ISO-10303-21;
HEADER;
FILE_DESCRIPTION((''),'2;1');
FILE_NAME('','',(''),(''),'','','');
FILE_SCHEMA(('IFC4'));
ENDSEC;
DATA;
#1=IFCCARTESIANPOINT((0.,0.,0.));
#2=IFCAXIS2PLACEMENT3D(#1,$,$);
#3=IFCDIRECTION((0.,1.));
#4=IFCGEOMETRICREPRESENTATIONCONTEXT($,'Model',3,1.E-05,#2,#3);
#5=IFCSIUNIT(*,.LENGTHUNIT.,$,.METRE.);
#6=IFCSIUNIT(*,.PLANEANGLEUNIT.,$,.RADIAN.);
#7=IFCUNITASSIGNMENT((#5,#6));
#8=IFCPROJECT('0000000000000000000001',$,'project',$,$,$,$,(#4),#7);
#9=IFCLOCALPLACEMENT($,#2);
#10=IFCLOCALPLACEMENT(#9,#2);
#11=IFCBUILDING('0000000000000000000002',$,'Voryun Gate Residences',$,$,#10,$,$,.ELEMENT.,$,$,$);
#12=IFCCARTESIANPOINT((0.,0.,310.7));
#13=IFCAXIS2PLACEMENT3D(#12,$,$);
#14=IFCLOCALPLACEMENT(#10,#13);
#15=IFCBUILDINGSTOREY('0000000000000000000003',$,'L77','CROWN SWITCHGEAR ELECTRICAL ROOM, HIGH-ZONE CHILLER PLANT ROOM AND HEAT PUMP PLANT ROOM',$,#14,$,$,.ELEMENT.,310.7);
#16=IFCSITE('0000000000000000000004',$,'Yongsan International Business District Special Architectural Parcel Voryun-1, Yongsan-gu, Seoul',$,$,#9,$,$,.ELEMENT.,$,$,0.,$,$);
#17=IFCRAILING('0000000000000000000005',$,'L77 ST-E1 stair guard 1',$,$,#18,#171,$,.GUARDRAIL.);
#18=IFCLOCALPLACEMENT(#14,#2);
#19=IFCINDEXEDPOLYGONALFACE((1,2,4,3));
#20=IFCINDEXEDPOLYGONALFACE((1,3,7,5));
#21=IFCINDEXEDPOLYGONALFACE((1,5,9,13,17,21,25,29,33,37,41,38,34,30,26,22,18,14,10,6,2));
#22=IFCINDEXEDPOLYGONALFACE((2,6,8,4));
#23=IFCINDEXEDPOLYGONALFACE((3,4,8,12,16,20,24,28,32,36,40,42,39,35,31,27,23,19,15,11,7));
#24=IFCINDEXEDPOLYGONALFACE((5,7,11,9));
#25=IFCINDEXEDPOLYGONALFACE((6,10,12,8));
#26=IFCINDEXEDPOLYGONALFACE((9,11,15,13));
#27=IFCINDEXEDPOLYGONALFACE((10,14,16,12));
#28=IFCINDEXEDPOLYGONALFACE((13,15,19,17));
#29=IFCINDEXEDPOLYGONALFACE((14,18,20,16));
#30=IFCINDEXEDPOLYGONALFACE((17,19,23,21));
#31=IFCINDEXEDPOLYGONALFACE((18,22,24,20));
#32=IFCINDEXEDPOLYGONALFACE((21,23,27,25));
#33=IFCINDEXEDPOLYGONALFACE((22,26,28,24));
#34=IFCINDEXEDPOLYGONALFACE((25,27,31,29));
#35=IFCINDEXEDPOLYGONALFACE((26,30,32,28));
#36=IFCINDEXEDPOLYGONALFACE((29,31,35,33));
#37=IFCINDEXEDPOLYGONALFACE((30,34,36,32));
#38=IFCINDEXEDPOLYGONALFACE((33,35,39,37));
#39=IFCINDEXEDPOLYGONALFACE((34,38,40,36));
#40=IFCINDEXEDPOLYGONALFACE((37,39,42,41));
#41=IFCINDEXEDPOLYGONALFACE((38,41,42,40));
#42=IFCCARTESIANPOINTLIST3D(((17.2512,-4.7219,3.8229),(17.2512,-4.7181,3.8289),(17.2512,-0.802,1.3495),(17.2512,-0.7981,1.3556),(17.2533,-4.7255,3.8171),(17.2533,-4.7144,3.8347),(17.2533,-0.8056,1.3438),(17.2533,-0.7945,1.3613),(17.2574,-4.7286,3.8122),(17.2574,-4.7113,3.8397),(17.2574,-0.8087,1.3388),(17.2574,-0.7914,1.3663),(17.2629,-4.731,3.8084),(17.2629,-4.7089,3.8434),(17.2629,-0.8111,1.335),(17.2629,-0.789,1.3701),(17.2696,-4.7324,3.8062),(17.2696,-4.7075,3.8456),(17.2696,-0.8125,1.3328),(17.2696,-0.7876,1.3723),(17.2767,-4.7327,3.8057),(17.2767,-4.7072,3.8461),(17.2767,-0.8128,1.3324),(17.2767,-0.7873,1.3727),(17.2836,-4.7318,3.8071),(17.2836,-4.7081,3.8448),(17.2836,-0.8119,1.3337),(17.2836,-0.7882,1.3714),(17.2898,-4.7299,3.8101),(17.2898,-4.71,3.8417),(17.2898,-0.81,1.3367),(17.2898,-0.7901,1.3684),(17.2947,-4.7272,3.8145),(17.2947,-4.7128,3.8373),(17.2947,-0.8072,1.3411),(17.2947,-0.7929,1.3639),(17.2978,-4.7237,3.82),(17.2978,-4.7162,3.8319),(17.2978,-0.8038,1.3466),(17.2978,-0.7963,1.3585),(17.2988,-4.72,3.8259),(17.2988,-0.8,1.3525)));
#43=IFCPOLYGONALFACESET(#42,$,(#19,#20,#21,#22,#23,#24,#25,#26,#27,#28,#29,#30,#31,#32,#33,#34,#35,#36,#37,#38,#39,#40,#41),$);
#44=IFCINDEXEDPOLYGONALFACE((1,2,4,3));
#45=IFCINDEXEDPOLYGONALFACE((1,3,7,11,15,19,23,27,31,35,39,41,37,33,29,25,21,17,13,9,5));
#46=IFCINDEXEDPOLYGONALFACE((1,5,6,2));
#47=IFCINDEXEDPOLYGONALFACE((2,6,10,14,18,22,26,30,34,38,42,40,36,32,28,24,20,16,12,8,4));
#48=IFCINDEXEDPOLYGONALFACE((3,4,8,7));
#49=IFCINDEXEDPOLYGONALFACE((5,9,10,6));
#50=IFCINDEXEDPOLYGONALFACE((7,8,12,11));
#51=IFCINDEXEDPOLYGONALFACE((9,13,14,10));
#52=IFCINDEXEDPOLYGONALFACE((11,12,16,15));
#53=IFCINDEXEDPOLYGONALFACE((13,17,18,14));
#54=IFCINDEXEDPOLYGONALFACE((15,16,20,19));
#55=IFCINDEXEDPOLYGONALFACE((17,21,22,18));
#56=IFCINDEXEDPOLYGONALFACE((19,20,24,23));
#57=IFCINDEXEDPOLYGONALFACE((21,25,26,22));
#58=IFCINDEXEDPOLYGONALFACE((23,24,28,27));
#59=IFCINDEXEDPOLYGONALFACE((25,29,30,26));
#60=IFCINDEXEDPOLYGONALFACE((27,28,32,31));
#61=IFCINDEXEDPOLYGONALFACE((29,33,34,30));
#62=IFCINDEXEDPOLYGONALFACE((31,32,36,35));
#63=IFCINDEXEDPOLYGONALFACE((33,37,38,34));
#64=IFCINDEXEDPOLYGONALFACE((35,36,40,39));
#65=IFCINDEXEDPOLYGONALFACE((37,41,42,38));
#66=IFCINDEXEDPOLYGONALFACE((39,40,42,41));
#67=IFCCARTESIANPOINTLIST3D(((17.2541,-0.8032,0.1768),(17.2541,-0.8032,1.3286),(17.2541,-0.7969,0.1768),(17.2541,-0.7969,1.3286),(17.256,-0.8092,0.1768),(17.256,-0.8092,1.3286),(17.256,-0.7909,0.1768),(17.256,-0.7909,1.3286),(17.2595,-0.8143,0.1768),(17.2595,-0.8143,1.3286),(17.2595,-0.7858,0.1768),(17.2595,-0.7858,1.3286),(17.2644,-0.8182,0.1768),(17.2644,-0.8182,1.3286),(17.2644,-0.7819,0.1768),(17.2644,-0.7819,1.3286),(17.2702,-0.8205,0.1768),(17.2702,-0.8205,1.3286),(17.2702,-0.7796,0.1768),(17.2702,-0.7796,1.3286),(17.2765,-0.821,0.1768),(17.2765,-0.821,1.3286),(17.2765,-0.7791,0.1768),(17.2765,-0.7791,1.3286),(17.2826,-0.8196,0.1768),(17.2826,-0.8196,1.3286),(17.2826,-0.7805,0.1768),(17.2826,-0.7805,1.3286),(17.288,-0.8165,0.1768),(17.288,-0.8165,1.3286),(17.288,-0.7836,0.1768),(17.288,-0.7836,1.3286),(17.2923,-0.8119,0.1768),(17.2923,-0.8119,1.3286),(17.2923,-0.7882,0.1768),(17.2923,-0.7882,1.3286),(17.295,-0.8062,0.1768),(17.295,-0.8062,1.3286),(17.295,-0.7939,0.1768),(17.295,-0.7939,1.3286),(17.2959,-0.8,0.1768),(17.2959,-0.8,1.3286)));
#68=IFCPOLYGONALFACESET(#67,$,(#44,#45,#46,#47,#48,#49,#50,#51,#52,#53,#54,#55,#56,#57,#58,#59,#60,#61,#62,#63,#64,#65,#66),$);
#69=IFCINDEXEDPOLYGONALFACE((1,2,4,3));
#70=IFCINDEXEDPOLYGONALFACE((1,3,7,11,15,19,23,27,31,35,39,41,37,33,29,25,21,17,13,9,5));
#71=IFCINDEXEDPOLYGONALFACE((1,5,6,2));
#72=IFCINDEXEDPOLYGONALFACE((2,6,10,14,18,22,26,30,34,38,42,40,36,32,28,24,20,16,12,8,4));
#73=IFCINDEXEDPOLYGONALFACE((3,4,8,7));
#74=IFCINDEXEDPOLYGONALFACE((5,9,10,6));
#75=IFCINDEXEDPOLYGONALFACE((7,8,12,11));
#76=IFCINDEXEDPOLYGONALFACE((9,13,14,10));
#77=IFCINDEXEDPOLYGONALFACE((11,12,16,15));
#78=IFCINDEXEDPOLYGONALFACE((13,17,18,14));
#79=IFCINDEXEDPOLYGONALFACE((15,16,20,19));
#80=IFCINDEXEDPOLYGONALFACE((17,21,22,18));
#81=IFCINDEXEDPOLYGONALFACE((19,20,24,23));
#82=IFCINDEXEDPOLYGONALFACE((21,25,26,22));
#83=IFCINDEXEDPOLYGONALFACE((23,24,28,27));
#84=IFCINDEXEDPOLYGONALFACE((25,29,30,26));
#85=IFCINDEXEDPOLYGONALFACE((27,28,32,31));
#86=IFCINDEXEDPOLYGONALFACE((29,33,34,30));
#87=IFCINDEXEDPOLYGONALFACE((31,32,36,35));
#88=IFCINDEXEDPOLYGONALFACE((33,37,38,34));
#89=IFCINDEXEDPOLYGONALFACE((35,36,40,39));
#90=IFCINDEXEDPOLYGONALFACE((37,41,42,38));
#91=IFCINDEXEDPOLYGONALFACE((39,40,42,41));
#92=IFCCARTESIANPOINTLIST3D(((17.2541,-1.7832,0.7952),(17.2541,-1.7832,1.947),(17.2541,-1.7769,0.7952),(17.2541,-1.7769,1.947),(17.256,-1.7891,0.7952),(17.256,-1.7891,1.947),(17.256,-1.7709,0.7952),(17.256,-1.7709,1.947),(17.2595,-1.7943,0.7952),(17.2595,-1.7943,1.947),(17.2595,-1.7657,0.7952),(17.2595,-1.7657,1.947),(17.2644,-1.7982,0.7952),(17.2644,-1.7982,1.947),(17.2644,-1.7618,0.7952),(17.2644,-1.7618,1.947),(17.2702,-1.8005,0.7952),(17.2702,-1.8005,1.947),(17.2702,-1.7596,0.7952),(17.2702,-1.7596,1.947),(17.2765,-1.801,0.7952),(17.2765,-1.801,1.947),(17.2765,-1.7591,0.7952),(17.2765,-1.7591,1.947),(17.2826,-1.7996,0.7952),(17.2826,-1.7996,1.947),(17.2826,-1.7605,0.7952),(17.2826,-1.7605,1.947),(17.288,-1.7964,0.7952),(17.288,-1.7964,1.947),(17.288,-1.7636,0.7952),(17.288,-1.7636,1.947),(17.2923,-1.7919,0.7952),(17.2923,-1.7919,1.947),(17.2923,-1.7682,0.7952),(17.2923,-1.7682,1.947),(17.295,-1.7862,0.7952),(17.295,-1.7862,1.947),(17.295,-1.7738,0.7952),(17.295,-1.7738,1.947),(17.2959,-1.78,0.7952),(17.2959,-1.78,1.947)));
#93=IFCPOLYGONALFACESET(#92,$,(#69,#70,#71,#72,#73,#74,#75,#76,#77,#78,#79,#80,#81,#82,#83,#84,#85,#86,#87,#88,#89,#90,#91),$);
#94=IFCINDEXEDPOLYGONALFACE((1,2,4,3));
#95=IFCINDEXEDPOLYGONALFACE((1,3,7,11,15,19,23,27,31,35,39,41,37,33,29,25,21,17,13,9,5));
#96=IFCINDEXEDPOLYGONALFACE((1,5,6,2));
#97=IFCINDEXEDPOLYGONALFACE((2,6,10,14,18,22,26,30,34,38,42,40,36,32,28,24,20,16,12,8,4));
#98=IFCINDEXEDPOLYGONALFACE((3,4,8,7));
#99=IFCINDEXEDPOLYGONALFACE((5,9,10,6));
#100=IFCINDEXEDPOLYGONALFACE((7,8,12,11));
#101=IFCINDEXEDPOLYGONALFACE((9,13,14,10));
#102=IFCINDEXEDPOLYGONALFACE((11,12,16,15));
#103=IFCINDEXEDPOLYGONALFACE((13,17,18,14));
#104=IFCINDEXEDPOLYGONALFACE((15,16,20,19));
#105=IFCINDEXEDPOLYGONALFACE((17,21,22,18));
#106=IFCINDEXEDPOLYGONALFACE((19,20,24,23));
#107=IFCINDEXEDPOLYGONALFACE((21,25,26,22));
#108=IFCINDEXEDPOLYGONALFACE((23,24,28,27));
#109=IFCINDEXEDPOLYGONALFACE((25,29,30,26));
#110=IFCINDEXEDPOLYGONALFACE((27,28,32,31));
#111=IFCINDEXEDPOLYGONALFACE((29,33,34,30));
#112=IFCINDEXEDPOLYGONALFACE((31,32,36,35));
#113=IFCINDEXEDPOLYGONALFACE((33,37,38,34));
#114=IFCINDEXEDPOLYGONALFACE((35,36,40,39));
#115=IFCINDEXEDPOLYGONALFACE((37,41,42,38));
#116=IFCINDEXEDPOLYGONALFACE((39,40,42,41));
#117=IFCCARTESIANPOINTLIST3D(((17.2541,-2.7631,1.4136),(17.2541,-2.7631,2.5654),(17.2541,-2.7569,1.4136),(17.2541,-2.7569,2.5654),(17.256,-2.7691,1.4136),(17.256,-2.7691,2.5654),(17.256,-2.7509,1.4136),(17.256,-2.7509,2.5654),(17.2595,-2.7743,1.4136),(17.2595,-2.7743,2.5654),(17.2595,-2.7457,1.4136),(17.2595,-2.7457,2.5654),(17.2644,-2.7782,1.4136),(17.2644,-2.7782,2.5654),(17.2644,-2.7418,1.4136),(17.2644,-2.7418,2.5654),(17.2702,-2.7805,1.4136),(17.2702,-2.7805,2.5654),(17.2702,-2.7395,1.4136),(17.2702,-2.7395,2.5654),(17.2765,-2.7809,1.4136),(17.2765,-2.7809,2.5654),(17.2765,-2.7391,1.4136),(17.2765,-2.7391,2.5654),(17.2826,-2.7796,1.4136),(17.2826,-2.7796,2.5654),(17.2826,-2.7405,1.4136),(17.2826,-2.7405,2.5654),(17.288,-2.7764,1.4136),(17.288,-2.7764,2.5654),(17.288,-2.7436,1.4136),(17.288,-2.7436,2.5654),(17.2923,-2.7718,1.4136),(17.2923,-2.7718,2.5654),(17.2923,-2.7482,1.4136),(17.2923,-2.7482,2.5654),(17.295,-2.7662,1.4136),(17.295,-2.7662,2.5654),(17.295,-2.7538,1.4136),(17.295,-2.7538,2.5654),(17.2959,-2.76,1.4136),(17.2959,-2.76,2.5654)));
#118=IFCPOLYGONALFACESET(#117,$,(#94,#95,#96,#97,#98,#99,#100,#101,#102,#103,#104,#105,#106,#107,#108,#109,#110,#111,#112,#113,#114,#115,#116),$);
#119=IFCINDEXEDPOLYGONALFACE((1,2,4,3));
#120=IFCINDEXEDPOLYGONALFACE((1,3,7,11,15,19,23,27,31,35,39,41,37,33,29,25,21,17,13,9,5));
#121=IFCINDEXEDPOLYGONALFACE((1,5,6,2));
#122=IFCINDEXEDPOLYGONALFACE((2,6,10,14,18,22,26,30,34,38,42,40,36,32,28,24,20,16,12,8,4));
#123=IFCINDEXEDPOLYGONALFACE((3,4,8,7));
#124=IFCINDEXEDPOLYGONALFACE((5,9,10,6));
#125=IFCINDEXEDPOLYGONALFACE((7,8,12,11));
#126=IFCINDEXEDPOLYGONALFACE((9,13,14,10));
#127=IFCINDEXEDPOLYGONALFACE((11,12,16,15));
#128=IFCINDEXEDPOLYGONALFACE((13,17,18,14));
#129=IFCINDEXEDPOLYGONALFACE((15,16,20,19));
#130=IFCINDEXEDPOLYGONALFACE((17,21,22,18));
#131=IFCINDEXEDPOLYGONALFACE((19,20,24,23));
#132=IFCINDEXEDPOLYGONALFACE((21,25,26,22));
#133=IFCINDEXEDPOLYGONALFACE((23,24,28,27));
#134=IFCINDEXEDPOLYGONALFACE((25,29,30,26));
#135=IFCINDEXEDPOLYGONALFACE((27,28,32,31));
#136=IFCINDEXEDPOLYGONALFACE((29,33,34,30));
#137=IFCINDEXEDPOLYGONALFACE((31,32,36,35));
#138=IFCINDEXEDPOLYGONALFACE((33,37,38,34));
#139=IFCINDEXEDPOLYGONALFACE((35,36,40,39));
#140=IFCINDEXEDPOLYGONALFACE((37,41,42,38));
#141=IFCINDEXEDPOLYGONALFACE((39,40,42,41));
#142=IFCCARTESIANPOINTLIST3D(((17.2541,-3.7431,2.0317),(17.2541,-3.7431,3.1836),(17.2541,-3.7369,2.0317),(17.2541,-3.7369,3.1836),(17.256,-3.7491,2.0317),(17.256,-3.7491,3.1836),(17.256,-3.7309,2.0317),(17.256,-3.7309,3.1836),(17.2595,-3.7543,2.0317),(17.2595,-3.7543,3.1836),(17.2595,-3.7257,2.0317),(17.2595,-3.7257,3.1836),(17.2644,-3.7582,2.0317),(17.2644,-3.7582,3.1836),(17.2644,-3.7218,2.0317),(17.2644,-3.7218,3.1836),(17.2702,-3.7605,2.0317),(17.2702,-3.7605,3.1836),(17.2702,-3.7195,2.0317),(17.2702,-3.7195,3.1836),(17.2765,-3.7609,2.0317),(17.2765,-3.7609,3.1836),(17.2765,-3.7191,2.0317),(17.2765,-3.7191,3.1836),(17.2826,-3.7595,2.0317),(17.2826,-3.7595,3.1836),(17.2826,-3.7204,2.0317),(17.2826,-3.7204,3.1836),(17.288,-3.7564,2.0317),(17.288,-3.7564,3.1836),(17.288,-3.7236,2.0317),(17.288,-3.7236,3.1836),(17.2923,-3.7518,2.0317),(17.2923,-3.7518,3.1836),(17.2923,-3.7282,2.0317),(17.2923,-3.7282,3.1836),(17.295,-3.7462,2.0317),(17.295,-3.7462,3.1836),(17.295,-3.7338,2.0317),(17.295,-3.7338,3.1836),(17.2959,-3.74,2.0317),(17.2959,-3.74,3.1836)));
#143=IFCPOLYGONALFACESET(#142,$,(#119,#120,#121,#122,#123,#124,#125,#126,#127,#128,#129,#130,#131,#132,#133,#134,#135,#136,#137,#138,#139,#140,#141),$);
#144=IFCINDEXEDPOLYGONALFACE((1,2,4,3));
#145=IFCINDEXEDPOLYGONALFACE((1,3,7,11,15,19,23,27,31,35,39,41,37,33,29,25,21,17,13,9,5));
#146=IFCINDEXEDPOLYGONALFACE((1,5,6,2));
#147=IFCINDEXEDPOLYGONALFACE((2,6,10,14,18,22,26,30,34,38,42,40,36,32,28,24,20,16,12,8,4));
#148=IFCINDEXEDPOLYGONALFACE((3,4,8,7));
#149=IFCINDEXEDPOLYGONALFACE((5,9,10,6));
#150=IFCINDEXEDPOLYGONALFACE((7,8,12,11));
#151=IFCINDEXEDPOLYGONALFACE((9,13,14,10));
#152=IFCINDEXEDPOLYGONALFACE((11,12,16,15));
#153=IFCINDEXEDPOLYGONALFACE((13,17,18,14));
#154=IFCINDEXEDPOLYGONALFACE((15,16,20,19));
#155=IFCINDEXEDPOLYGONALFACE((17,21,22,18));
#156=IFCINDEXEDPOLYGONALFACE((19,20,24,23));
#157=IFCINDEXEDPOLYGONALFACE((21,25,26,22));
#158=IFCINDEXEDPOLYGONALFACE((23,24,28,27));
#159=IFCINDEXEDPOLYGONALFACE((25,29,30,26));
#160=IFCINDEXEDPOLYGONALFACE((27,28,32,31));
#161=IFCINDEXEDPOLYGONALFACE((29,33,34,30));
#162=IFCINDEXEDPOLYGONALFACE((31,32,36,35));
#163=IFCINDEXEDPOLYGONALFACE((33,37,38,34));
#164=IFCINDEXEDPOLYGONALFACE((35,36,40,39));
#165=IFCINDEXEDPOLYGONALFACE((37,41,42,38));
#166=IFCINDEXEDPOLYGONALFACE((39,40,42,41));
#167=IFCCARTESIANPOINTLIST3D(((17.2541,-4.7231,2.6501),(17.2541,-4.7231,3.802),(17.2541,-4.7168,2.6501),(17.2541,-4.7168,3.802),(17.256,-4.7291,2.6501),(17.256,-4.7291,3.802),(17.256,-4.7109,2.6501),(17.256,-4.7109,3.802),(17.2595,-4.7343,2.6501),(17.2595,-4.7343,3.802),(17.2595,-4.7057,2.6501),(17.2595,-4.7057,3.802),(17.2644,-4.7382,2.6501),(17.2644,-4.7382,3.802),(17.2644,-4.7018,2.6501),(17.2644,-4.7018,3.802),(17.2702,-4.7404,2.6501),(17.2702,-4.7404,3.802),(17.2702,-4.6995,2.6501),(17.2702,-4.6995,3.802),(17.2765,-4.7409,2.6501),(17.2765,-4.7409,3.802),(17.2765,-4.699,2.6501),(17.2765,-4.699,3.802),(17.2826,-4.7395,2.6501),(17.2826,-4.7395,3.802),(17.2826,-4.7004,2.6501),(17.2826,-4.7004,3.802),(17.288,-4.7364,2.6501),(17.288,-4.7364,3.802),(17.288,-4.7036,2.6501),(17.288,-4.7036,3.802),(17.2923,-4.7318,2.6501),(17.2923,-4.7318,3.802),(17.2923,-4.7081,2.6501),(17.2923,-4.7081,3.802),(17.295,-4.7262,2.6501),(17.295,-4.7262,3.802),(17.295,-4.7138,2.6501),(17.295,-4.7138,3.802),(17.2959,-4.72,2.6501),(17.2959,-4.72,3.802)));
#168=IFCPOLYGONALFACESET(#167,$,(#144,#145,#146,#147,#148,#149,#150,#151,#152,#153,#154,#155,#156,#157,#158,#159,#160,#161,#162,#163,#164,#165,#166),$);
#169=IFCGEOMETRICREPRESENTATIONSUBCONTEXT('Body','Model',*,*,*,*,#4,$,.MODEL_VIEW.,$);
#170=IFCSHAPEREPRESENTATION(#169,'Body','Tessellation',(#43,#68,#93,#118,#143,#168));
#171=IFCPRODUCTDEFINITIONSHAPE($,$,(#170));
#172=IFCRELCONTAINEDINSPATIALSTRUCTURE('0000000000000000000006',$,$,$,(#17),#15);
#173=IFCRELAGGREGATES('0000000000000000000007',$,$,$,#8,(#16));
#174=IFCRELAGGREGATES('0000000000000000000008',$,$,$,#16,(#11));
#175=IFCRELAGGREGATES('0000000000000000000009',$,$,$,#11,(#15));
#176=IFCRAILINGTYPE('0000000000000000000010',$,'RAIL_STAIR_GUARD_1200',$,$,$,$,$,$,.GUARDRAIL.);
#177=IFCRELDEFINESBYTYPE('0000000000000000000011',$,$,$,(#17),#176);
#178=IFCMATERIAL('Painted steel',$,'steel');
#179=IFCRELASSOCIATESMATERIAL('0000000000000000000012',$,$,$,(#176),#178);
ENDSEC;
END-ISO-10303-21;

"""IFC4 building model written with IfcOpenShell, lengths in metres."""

from ifc_helpers import new_model, si_unit, direction, frame, origin, origin_2d, place, context, subcontext, project, spatial, circle, extrude, material, type_object, element, save


model = new_model("IFC4")

# Units and contexts
model_context = context("Model", 3, precision=1e-05, world=origin(), true_north=direction((0.0, 1.0)))
body_context = subcontext(model_context, "Body", "Model", "MODEL_VIEW")
ifc_project = project(units=[si_unit("LENGTHUNIT", "METRE"), si_unit("PLANEANGLEUNIT", "RADIAN")], contexts=[model_context])

# Site, building, storey
site_placement = place(None, origin())
site = spatial("IfcSite", under=ifc_project, at=site_placement, Name="Yongsan International Business District Special Architectural Parcel Voryun-1, Yongsan-gu, Seoul", CompositionType="ELEMENT", RefElevation=0.0)
building_placement = place(site_placement, origin())
building = spatial("IfcBuilding", under=site, at=building_placement, Name="Voryun Gate Residences", CompositionType="ELEMENT")
storey_placement = place(building_placement, frame((0.0, 0.0, 310.7)))
storey = spatial("IfcBuildingStorey", under=building, at=storey_placement, Name="L77", Description="CROWN SWITCHGEAR ELECTRICAL ROOM, HIGH-ZONE CHILLER PLANT ROOM AND HEAT PUMP PLANT ROOM", CompositionType="ELEMENT", Elevation=310.7)

# Railing
ifc_material_1 = material(Name="Painted steel", Category="steel")
railing_type_1 = type_object("IfcRailingType", Name="RAIL_STAIR_GUARD_1200", PredefinedType="GUARDRAIL", material=ifc_material_1)
railing_1_placement = place(storey_placement, frame((17.2749, -0.8, 0.1768)))
element("IfcRailing", 1, at=railing_1_placement, inside=storey, type_object=railing_type_1, Name="L77 ST-E1 stair guard 1", PredefinedType="GUARDRAIL", context=body_context, shape_type="SweptSolid", body=[
    extrude(circle(Radius=0.0239, at=origin_2d()), frame((0.0, 0.0, 1.1758), z_axis=(0.0, -0.845718, 0.53363), x_axis=(1.0, 0.0, 0.0)), (0.0, 0.0, 1.0), 4.635),
    extrude(circle(Radius=0.021, at=origin_2d()), origin(), (0.0, 0.0, 1.0), 1.1519),
    extrude(circle(Radius=0.021, at=origin_2d()), frame((0.0, -0.98, 0.6184)), (0.0, 0.0, 1.0), 1.1519),
    extrude(circle(Radius=0.021, at=origin_2d()), frame((0.0, -1.96, 1.2368)), (0.0, 0.0, 1.0), 1.1519),
    extrude(circle(Radius=0.021, at=origin_2d()), frame((0.0, -2.9399, 1.855)), (0.0, 0.0, 1.0), 1.1519),
    extrude(circle(Radius=0.021, at=origin_2d()), frame((0.0, -3.9199, 2.4734)), (0.0, 0.0, 1.0), 1.1519),
])

save(model, "model.ifc")
